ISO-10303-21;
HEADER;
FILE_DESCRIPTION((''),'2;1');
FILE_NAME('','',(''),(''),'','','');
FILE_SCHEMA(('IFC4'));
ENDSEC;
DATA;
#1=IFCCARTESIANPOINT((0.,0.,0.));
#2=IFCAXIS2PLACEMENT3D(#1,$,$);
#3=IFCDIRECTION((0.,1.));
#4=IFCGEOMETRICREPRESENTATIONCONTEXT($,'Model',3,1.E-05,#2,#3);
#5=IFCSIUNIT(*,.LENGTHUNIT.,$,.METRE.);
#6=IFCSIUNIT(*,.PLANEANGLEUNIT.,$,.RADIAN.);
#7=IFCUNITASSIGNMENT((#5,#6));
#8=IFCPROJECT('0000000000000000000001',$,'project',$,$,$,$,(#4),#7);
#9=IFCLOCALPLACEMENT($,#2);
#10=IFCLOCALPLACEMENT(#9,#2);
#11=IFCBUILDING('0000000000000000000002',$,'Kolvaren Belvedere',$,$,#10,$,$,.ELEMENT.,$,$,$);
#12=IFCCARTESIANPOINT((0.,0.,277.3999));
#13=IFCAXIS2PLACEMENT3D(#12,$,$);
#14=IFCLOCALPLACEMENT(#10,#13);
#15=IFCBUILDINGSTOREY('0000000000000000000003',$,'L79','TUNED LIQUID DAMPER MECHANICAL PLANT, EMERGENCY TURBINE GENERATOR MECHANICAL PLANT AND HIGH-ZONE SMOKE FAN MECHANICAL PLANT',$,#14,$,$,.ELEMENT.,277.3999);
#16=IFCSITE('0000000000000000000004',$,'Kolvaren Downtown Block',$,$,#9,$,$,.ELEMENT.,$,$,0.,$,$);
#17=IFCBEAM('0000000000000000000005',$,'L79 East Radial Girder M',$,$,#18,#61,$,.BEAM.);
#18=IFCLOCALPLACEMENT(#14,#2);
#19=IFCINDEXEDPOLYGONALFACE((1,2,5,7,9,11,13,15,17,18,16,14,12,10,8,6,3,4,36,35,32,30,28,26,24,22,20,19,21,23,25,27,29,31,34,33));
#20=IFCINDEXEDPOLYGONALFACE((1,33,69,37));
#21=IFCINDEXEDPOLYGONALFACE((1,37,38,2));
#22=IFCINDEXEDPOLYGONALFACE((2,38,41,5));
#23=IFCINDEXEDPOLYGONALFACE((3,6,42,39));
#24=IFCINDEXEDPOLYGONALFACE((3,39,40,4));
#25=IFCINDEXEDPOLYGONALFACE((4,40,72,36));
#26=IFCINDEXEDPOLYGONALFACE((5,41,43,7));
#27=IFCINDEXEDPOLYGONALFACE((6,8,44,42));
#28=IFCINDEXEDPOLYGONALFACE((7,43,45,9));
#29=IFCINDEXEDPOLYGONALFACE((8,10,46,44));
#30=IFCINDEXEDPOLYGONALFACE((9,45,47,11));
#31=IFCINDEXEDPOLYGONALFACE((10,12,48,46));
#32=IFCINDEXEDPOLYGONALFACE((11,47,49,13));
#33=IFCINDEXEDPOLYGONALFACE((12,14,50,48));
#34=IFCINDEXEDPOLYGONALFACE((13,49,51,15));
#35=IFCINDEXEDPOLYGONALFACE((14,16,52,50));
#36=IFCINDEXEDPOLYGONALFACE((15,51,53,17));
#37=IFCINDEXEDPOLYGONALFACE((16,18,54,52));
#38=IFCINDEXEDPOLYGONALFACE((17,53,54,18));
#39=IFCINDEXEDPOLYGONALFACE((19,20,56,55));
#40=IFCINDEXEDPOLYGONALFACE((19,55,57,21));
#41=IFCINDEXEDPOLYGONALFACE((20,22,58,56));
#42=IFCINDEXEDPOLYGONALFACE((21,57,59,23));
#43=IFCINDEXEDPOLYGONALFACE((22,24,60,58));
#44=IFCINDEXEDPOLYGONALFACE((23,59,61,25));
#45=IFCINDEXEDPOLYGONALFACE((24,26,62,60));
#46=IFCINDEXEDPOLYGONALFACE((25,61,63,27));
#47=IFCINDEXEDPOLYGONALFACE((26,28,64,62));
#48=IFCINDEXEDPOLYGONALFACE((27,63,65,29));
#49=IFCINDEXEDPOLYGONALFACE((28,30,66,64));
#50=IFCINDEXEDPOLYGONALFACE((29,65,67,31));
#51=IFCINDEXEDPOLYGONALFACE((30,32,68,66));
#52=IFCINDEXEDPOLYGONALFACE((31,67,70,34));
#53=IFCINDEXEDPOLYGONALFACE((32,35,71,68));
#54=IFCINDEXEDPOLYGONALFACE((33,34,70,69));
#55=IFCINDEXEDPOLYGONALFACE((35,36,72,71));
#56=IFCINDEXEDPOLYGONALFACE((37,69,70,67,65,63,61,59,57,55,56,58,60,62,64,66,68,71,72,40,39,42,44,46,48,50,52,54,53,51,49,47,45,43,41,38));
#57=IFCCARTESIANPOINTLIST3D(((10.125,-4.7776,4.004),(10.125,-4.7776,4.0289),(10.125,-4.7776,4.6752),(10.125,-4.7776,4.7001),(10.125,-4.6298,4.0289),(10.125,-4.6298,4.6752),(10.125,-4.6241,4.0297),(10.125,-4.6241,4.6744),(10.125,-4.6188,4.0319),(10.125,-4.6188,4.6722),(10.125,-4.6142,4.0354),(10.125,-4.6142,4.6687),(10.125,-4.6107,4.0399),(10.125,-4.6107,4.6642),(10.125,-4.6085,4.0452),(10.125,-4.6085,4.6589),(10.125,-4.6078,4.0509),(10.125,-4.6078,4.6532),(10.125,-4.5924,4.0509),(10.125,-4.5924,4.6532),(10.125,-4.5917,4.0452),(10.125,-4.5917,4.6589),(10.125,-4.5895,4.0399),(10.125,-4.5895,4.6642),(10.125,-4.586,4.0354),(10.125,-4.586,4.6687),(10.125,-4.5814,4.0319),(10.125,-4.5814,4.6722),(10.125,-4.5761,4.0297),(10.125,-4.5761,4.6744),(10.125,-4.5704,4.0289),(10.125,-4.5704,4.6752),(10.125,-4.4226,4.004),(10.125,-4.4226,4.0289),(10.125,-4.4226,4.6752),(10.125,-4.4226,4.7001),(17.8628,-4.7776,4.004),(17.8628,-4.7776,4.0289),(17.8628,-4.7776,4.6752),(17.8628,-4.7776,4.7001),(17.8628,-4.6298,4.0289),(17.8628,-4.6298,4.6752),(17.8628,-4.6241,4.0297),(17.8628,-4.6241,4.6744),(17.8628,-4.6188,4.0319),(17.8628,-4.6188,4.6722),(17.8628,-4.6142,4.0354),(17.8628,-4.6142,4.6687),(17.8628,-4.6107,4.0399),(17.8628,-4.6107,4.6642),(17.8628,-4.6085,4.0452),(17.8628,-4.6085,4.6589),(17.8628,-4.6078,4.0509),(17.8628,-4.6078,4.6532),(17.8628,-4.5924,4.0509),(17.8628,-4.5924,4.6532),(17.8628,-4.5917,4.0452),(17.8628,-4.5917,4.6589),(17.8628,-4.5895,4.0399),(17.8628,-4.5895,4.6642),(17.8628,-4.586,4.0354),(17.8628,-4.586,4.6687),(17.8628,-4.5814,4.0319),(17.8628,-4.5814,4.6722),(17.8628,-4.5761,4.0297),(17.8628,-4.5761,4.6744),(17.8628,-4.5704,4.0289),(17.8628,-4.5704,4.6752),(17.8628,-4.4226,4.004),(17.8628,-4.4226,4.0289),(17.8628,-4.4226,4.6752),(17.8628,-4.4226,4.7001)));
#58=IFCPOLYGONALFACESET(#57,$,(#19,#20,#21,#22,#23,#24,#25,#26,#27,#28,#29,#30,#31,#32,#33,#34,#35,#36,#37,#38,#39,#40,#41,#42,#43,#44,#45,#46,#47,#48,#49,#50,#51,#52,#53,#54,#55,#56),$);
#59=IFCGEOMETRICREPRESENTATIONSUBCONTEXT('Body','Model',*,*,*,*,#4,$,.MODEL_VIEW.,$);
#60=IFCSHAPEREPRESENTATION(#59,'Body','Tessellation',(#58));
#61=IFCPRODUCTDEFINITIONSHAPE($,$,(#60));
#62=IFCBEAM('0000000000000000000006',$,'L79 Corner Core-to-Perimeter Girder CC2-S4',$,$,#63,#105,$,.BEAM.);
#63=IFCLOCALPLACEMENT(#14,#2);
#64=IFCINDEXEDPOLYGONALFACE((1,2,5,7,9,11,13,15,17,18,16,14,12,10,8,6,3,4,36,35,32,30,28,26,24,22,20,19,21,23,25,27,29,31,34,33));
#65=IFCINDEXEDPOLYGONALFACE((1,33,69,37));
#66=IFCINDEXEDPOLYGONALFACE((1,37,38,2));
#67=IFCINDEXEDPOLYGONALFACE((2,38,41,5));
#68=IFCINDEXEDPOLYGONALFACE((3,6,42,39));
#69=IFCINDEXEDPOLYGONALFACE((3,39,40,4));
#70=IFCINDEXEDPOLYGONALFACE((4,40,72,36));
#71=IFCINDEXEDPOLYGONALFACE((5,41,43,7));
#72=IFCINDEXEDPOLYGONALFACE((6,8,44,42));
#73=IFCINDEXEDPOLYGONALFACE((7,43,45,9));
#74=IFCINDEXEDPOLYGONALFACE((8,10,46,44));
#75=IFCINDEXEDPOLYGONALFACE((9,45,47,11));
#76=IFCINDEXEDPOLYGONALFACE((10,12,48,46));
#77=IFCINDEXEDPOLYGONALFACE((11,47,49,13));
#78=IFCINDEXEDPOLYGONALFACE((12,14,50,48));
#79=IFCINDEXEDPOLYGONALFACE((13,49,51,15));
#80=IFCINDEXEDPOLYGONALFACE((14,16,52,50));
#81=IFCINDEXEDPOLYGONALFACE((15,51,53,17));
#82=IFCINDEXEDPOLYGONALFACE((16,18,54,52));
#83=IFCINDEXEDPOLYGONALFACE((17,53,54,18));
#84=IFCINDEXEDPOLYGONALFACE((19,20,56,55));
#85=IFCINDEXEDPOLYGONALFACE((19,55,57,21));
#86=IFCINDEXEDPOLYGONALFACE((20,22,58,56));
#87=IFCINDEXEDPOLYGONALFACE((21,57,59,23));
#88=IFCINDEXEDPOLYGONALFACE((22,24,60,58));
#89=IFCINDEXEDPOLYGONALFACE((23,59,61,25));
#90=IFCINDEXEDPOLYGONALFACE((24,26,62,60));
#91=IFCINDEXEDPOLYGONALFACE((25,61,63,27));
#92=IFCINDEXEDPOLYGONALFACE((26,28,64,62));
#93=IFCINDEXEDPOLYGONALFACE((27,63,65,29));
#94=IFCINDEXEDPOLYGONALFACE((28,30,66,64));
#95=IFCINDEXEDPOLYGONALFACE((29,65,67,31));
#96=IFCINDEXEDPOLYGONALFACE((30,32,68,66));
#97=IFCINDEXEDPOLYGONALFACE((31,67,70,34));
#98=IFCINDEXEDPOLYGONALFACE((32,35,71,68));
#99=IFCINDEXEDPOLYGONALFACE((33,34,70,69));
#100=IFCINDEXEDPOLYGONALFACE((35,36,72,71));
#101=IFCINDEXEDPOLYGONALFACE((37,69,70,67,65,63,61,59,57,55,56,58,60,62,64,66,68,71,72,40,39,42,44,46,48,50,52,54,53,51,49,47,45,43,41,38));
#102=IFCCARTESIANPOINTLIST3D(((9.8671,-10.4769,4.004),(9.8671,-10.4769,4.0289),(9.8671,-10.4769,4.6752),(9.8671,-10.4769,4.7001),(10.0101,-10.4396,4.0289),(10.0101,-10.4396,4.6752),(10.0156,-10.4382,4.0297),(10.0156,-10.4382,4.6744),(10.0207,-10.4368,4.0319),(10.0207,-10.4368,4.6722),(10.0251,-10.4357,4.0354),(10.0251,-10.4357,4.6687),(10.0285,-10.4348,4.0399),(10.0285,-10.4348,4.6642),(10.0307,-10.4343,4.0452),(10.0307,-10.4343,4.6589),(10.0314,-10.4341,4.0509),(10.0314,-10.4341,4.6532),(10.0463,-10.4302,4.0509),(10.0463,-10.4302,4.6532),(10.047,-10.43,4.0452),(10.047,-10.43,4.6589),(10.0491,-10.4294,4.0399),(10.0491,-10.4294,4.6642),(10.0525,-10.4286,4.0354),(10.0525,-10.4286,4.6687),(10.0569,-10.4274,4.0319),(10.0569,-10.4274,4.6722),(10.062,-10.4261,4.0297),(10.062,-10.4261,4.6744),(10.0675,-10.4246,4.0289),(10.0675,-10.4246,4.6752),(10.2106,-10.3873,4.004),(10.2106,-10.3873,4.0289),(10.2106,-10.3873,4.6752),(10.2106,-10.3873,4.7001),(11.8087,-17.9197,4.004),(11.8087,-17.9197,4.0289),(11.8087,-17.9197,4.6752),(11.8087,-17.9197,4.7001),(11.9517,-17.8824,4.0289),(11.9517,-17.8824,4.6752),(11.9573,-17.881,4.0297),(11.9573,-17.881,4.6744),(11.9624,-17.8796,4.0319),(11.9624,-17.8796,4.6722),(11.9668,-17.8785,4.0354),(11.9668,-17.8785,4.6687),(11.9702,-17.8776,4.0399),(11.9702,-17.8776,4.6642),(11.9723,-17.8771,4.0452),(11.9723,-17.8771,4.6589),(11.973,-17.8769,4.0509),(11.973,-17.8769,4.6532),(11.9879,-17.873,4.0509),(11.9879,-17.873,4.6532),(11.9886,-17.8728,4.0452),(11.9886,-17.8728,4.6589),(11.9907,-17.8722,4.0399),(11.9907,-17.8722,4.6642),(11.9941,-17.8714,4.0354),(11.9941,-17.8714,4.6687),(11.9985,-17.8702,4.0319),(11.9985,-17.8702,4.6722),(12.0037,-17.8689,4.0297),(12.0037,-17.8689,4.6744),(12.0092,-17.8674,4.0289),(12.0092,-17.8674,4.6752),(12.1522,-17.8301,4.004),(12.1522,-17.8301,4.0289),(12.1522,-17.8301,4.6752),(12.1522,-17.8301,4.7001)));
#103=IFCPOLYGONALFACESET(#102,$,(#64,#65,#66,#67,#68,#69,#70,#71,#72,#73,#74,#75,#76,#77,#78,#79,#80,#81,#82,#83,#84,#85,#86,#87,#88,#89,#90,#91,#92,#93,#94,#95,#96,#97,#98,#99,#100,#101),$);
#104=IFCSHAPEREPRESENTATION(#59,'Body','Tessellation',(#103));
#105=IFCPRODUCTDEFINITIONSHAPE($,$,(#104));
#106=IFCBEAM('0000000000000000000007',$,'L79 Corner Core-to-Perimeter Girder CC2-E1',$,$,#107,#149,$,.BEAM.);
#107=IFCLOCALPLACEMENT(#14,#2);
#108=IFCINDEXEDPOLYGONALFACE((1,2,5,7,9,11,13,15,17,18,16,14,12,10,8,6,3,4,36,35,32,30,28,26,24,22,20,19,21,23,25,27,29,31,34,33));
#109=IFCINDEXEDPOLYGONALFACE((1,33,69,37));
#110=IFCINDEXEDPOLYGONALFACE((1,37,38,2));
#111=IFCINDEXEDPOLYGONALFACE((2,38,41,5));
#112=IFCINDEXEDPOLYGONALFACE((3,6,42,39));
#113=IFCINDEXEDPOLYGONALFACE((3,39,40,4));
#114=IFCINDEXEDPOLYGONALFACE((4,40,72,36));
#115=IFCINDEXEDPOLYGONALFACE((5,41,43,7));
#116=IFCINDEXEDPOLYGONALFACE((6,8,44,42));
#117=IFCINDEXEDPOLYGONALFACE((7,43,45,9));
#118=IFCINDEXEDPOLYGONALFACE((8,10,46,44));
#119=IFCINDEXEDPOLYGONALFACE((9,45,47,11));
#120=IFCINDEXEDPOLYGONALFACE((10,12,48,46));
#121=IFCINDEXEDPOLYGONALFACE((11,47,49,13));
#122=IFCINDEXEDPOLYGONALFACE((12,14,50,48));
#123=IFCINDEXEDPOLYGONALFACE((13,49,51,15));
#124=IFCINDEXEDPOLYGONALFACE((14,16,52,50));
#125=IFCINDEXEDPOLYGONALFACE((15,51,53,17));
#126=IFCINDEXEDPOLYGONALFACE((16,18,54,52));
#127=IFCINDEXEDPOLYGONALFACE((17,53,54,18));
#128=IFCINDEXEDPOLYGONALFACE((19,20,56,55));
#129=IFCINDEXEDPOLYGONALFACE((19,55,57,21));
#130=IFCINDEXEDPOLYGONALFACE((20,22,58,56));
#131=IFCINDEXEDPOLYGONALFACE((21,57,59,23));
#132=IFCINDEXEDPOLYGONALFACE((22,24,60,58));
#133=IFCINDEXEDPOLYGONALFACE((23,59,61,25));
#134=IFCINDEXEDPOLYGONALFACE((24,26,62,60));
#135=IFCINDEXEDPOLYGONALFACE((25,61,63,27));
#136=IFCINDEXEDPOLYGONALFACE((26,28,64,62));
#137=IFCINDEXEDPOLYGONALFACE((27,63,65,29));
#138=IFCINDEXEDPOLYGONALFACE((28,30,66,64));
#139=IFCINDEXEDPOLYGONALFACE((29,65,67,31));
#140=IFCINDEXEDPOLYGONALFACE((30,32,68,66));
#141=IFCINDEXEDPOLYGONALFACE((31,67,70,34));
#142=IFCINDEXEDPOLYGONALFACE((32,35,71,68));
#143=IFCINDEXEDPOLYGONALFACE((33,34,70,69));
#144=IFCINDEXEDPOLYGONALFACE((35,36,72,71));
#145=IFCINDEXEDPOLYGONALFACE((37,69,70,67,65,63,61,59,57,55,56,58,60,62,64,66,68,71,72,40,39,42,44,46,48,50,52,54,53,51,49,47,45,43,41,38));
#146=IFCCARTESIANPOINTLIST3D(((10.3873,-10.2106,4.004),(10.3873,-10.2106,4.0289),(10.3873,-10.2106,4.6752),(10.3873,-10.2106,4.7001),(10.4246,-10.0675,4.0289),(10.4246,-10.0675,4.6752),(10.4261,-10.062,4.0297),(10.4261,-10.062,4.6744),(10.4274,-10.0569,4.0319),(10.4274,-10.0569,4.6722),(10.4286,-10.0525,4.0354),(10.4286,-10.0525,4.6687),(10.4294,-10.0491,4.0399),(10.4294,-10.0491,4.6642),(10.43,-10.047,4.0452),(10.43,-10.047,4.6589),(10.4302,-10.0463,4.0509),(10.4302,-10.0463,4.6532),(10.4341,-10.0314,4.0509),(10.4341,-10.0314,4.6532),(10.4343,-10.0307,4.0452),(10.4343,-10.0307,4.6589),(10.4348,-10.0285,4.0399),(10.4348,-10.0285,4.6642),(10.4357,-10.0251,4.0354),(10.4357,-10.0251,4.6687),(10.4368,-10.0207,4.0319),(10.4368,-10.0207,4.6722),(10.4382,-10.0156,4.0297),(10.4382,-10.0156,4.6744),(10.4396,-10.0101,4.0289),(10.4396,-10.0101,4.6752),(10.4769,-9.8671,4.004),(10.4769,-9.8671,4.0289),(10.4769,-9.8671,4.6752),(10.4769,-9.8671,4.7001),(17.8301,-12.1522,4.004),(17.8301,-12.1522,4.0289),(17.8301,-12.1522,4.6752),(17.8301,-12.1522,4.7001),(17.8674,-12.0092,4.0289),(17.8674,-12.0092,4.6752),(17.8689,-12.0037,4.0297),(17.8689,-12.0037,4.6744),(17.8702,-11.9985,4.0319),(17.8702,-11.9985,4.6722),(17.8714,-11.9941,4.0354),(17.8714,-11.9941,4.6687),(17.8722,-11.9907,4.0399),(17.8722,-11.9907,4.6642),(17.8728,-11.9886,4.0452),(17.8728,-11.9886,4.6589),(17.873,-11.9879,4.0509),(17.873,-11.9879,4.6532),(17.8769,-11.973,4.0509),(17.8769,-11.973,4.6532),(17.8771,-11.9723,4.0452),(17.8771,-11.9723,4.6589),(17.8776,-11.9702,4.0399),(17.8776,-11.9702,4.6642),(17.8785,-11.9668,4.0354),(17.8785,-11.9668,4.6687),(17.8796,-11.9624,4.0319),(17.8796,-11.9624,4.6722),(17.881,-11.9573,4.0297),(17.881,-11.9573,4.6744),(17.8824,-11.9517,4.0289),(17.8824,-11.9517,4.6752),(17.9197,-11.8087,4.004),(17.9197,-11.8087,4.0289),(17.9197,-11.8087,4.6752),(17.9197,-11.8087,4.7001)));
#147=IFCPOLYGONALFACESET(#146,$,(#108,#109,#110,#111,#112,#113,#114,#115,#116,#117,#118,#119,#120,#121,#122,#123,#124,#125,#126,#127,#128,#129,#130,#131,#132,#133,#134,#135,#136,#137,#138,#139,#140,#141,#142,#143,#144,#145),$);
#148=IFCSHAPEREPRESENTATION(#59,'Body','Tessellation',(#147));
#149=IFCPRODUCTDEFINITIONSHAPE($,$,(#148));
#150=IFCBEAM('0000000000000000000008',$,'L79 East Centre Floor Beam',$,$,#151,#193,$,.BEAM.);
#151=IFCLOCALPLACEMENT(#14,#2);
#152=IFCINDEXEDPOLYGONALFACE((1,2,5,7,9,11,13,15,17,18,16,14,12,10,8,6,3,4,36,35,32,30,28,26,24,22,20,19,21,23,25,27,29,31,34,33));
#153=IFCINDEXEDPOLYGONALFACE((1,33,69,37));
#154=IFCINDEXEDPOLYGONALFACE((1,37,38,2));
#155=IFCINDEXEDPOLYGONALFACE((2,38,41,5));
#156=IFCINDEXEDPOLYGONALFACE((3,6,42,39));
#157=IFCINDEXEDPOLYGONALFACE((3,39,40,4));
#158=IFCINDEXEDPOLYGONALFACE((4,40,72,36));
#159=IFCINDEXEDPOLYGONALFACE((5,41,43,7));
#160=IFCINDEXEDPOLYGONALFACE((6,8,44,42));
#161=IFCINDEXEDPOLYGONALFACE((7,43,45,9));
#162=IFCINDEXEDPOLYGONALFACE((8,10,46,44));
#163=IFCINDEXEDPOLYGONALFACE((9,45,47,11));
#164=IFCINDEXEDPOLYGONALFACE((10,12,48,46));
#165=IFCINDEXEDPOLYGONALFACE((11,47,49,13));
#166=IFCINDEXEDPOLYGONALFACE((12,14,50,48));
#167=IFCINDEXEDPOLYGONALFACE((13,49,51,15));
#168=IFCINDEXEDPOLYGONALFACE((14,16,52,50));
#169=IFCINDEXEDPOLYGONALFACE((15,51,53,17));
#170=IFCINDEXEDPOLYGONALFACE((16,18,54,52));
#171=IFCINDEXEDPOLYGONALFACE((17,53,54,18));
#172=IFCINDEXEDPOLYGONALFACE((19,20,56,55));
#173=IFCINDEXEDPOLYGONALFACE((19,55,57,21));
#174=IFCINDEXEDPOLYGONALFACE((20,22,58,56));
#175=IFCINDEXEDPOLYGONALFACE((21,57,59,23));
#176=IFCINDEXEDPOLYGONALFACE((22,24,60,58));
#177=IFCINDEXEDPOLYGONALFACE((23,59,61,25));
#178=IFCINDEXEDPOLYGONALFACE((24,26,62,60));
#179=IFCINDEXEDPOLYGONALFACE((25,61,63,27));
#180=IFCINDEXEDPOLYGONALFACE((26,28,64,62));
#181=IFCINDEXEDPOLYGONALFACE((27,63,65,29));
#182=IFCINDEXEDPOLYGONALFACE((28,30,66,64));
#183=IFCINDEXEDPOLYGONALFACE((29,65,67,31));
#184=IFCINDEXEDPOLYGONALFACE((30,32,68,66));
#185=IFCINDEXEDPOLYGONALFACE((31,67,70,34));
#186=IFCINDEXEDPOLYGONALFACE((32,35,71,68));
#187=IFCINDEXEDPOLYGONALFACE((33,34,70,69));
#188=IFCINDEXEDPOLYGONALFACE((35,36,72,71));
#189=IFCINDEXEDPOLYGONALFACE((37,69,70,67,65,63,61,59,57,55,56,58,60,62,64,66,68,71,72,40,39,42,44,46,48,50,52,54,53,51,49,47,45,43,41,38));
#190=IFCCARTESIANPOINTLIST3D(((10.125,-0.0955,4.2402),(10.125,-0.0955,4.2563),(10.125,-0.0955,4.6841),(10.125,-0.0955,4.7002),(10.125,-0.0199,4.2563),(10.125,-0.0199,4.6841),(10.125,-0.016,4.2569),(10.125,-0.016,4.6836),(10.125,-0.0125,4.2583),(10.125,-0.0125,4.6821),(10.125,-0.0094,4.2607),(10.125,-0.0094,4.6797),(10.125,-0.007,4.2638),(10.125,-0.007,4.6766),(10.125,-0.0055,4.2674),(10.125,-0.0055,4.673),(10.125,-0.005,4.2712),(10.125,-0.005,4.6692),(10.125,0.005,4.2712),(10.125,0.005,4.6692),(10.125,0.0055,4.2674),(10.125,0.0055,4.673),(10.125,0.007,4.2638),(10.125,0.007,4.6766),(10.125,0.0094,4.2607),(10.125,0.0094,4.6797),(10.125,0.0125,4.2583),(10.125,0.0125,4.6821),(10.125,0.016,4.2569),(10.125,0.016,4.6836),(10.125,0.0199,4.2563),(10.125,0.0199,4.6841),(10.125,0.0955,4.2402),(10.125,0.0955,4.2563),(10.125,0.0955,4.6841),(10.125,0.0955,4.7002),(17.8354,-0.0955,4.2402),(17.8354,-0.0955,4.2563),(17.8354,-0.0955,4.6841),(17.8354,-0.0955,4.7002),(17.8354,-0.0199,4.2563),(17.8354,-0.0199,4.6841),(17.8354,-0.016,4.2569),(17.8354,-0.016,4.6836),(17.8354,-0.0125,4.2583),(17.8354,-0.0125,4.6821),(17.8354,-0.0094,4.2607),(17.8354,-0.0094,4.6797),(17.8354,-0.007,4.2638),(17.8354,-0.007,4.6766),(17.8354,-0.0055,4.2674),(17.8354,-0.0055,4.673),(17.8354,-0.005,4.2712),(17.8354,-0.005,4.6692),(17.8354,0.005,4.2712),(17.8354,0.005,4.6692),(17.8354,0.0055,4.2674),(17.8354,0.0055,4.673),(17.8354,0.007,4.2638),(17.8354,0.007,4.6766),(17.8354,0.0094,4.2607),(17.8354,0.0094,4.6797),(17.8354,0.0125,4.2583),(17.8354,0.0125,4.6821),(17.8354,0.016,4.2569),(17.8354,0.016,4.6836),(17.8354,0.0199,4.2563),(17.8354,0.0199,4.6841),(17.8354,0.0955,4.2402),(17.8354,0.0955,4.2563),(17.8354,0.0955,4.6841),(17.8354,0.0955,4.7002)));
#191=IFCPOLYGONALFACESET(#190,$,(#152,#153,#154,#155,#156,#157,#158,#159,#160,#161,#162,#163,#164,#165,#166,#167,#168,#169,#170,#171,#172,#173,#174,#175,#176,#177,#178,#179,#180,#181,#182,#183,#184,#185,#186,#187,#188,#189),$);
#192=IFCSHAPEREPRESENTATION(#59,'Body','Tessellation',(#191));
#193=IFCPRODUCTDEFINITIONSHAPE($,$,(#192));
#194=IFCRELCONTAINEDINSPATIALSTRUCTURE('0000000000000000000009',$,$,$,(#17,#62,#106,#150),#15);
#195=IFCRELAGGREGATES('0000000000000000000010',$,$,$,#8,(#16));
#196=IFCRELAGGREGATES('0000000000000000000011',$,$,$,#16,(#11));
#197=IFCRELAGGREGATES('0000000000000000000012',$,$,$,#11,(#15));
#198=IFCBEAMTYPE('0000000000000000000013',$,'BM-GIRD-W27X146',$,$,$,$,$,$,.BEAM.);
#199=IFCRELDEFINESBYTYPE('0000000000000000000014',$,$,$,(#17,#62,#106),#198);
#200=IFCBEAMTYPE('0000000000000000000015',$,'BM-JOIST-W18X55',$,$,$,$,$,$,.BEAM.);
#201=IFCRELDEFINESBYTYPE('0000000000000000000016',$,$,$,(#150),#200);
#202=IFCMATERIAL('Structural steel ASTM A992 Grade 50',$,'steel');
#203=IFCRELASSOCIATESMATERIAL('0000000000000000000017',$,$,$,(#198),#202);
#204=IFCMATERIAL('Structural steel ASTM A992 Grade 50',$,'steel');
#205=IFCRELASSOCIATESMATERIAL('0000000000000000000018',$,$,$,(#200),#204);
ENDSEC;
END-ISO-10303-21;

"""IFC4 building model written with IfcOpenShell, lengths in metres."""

from ifc_helpers import new_model, si_unit, direction, frame, origin, origin_2d, place, context, subcontext, project, spatial, i_section, extrude, material, material_profile, profile_set, type_object, element, save


model = new_model("IFC4")

# Units and contexts
model_context = context("Model", 3, precision=1e-05, world=origin(), true_north=direction((0.0, 1.0)))
body_context = subcontext(model_context, "Body", "Model", "MODEL_VIEW")
ifc_project = project(units=[si_unit("LENGTHUNIT", "METRE"), si_unit("PLANEANGLEUNIT", "RADIAN")], contexts=[model_context])

# Site, building, storey
site_placement = place(None, origin())
site = spatial("IfcSite", under=ifc_project, at=site_placement, Name="Kolvaren Downtown Block", CompositionType="ELEMENT", RefElevation=0.0)
building_placement = place(site_placement, origin())
building = spatial("IfcBuilding", under=site, at=building_placement, Name="Kolvaren Belvedere", CompositionType="ELEMENT")
storey_placement = place(building_placement, frame((0.0, 0.0, 277.3999)))
storey = spatial("IfcBuildingStorey", under=building, at=storey_placement, Name="L79", Description="TUNED LIQUID DAMPER MECHANICAL PLANT, EMERGENCY TURBINE GENERATOR MECHANICAL PLANT AND HIGH-ZONE SMOKE FAN MECHANICAL PLANT", CompositionType="ELEMENT", Elevation=277.3999)

# Beams
ifc_material_1 = material(Name="Structural steel ASTM A992 Grade 50", Category="steel")
ifc_material_profile_1 = material_profile(ifc_material_1, i_section(OverallWidth=0.355, OverallDepth=0.696, WebThickness=0.0154, FlangeThickness=0.0249, FilletRadius=0.022, at=origin_2d()), Name="W27X146")
ifc_profile_set_1 = profile_set([ifc_material_profile_1], Name="Structural steel ASTM A992 Grade 50")
beam_type_1 = type_object("IfcBeamType", Name="BM-GIRD-W27X146", PredefinedType="BEAM", material=ifc_profile_set_1)
beam_1_placement = place(storey_placement, frame((10.125, -4.6001, 4.3521), z_axis=(1.0, 0.0, 0.0), x_axis=(0.0, 1.0, 0.0)))
element("IfcBeam", 1, at=beam_1_placement, inside=storey, type_object=beam_type_1, Name="L79 East Radial Girder M", PredefinedType="BEAM", context=body_context, shape_type="SweptSolid", body=[
    extrude(i_section(OverallWidth=0.355, OverallDepth=0.696, WebThickness=0.0154, FlangeThickness=0.0249, FilletRadius=0.022, at=origin_2d()), origin(), (0.0, 0.0, 1.0), 7.7378),
])
for number, where, z_axis, x_axis, name in (
    (2, (10.0388, -10.4321, 4.3521), (0.252426, -0.967616, 0.0), (0.967616, 0.252426, 0.0), "L79 Corner Core-to-Perimeter Girder CC2-S4"),
    (3, (10.4321, -10.0388, 4.3521), (0.967616, -0.252426, 0.0), (0.252426, 0.967616, 0.0), "L79 Corner Core-to-Perimeter Girder CC2-E1"),
):
    element("IfcBeam", number, at=place(storey_placement, frame(where, z_axis=z_axis, x_axis=x_axis)), inside=storey, type_object=beam_type_1, Name=name, PredefinedType="BEAM", context=body_context, shape_type="SweptSolid", body=[
        extrude(i_section(OverallWidth=0.355, OverallDepth=0.696, WebThickness=0.0154, FlangeThickness=0.0249, FilletRadius=0.022, at=origin_2d()), origin(), (0.0, 0.0, 1.0), 7.6919),
    ])
ifc_material_2 = material(Name="Structural steel ASTM A992 Grade 50", Category="steel")
ifc_material_profile_2 = material_profile(ifc_material_2, i_section(OverallWidth=0.1909, OverallDepth=0.46, WebThickness=0.01, FlangeThickness=0.0161, FilletRadius=0.0149, at=origin_2d()), Name="W18X55")
ifc_profile_set_2 = profile_set([ifc_material_profile_2], Name="Structural steel ASTM A992 Grade 50")
beam_type_2 = type_object("IfcBeamType", Name="BM-JOIST-W18X55", PredefinedType="BEAM", material=ifc_profile_set_2)
beam_2_placement = place(storey_placement, frame((10.125, 0.0, 4.4702), z_axis=(1.0, 0.0, 0.0), x_axis=(0.0, 1.0, 0.0)))
element("IfcBeam", 4, at=beam_2_placement, inside=storey, type_object=beam_type_2, Name="L79 East Centre Floor Beam", PredefinedType="BEAM", context=body_context, shape_type="SweptSolid", body=[
    extrude(i_section(OverallWidth=0.1909, OverallDepth=0.46, WebThickness=0.01, FlangeThickness=0.0161, FilletRadius=0.0149, at=origin_2d()), origin(), (0.0, 0.0, 1.0), 7.7104),
])

save(model, "model.ifc")
